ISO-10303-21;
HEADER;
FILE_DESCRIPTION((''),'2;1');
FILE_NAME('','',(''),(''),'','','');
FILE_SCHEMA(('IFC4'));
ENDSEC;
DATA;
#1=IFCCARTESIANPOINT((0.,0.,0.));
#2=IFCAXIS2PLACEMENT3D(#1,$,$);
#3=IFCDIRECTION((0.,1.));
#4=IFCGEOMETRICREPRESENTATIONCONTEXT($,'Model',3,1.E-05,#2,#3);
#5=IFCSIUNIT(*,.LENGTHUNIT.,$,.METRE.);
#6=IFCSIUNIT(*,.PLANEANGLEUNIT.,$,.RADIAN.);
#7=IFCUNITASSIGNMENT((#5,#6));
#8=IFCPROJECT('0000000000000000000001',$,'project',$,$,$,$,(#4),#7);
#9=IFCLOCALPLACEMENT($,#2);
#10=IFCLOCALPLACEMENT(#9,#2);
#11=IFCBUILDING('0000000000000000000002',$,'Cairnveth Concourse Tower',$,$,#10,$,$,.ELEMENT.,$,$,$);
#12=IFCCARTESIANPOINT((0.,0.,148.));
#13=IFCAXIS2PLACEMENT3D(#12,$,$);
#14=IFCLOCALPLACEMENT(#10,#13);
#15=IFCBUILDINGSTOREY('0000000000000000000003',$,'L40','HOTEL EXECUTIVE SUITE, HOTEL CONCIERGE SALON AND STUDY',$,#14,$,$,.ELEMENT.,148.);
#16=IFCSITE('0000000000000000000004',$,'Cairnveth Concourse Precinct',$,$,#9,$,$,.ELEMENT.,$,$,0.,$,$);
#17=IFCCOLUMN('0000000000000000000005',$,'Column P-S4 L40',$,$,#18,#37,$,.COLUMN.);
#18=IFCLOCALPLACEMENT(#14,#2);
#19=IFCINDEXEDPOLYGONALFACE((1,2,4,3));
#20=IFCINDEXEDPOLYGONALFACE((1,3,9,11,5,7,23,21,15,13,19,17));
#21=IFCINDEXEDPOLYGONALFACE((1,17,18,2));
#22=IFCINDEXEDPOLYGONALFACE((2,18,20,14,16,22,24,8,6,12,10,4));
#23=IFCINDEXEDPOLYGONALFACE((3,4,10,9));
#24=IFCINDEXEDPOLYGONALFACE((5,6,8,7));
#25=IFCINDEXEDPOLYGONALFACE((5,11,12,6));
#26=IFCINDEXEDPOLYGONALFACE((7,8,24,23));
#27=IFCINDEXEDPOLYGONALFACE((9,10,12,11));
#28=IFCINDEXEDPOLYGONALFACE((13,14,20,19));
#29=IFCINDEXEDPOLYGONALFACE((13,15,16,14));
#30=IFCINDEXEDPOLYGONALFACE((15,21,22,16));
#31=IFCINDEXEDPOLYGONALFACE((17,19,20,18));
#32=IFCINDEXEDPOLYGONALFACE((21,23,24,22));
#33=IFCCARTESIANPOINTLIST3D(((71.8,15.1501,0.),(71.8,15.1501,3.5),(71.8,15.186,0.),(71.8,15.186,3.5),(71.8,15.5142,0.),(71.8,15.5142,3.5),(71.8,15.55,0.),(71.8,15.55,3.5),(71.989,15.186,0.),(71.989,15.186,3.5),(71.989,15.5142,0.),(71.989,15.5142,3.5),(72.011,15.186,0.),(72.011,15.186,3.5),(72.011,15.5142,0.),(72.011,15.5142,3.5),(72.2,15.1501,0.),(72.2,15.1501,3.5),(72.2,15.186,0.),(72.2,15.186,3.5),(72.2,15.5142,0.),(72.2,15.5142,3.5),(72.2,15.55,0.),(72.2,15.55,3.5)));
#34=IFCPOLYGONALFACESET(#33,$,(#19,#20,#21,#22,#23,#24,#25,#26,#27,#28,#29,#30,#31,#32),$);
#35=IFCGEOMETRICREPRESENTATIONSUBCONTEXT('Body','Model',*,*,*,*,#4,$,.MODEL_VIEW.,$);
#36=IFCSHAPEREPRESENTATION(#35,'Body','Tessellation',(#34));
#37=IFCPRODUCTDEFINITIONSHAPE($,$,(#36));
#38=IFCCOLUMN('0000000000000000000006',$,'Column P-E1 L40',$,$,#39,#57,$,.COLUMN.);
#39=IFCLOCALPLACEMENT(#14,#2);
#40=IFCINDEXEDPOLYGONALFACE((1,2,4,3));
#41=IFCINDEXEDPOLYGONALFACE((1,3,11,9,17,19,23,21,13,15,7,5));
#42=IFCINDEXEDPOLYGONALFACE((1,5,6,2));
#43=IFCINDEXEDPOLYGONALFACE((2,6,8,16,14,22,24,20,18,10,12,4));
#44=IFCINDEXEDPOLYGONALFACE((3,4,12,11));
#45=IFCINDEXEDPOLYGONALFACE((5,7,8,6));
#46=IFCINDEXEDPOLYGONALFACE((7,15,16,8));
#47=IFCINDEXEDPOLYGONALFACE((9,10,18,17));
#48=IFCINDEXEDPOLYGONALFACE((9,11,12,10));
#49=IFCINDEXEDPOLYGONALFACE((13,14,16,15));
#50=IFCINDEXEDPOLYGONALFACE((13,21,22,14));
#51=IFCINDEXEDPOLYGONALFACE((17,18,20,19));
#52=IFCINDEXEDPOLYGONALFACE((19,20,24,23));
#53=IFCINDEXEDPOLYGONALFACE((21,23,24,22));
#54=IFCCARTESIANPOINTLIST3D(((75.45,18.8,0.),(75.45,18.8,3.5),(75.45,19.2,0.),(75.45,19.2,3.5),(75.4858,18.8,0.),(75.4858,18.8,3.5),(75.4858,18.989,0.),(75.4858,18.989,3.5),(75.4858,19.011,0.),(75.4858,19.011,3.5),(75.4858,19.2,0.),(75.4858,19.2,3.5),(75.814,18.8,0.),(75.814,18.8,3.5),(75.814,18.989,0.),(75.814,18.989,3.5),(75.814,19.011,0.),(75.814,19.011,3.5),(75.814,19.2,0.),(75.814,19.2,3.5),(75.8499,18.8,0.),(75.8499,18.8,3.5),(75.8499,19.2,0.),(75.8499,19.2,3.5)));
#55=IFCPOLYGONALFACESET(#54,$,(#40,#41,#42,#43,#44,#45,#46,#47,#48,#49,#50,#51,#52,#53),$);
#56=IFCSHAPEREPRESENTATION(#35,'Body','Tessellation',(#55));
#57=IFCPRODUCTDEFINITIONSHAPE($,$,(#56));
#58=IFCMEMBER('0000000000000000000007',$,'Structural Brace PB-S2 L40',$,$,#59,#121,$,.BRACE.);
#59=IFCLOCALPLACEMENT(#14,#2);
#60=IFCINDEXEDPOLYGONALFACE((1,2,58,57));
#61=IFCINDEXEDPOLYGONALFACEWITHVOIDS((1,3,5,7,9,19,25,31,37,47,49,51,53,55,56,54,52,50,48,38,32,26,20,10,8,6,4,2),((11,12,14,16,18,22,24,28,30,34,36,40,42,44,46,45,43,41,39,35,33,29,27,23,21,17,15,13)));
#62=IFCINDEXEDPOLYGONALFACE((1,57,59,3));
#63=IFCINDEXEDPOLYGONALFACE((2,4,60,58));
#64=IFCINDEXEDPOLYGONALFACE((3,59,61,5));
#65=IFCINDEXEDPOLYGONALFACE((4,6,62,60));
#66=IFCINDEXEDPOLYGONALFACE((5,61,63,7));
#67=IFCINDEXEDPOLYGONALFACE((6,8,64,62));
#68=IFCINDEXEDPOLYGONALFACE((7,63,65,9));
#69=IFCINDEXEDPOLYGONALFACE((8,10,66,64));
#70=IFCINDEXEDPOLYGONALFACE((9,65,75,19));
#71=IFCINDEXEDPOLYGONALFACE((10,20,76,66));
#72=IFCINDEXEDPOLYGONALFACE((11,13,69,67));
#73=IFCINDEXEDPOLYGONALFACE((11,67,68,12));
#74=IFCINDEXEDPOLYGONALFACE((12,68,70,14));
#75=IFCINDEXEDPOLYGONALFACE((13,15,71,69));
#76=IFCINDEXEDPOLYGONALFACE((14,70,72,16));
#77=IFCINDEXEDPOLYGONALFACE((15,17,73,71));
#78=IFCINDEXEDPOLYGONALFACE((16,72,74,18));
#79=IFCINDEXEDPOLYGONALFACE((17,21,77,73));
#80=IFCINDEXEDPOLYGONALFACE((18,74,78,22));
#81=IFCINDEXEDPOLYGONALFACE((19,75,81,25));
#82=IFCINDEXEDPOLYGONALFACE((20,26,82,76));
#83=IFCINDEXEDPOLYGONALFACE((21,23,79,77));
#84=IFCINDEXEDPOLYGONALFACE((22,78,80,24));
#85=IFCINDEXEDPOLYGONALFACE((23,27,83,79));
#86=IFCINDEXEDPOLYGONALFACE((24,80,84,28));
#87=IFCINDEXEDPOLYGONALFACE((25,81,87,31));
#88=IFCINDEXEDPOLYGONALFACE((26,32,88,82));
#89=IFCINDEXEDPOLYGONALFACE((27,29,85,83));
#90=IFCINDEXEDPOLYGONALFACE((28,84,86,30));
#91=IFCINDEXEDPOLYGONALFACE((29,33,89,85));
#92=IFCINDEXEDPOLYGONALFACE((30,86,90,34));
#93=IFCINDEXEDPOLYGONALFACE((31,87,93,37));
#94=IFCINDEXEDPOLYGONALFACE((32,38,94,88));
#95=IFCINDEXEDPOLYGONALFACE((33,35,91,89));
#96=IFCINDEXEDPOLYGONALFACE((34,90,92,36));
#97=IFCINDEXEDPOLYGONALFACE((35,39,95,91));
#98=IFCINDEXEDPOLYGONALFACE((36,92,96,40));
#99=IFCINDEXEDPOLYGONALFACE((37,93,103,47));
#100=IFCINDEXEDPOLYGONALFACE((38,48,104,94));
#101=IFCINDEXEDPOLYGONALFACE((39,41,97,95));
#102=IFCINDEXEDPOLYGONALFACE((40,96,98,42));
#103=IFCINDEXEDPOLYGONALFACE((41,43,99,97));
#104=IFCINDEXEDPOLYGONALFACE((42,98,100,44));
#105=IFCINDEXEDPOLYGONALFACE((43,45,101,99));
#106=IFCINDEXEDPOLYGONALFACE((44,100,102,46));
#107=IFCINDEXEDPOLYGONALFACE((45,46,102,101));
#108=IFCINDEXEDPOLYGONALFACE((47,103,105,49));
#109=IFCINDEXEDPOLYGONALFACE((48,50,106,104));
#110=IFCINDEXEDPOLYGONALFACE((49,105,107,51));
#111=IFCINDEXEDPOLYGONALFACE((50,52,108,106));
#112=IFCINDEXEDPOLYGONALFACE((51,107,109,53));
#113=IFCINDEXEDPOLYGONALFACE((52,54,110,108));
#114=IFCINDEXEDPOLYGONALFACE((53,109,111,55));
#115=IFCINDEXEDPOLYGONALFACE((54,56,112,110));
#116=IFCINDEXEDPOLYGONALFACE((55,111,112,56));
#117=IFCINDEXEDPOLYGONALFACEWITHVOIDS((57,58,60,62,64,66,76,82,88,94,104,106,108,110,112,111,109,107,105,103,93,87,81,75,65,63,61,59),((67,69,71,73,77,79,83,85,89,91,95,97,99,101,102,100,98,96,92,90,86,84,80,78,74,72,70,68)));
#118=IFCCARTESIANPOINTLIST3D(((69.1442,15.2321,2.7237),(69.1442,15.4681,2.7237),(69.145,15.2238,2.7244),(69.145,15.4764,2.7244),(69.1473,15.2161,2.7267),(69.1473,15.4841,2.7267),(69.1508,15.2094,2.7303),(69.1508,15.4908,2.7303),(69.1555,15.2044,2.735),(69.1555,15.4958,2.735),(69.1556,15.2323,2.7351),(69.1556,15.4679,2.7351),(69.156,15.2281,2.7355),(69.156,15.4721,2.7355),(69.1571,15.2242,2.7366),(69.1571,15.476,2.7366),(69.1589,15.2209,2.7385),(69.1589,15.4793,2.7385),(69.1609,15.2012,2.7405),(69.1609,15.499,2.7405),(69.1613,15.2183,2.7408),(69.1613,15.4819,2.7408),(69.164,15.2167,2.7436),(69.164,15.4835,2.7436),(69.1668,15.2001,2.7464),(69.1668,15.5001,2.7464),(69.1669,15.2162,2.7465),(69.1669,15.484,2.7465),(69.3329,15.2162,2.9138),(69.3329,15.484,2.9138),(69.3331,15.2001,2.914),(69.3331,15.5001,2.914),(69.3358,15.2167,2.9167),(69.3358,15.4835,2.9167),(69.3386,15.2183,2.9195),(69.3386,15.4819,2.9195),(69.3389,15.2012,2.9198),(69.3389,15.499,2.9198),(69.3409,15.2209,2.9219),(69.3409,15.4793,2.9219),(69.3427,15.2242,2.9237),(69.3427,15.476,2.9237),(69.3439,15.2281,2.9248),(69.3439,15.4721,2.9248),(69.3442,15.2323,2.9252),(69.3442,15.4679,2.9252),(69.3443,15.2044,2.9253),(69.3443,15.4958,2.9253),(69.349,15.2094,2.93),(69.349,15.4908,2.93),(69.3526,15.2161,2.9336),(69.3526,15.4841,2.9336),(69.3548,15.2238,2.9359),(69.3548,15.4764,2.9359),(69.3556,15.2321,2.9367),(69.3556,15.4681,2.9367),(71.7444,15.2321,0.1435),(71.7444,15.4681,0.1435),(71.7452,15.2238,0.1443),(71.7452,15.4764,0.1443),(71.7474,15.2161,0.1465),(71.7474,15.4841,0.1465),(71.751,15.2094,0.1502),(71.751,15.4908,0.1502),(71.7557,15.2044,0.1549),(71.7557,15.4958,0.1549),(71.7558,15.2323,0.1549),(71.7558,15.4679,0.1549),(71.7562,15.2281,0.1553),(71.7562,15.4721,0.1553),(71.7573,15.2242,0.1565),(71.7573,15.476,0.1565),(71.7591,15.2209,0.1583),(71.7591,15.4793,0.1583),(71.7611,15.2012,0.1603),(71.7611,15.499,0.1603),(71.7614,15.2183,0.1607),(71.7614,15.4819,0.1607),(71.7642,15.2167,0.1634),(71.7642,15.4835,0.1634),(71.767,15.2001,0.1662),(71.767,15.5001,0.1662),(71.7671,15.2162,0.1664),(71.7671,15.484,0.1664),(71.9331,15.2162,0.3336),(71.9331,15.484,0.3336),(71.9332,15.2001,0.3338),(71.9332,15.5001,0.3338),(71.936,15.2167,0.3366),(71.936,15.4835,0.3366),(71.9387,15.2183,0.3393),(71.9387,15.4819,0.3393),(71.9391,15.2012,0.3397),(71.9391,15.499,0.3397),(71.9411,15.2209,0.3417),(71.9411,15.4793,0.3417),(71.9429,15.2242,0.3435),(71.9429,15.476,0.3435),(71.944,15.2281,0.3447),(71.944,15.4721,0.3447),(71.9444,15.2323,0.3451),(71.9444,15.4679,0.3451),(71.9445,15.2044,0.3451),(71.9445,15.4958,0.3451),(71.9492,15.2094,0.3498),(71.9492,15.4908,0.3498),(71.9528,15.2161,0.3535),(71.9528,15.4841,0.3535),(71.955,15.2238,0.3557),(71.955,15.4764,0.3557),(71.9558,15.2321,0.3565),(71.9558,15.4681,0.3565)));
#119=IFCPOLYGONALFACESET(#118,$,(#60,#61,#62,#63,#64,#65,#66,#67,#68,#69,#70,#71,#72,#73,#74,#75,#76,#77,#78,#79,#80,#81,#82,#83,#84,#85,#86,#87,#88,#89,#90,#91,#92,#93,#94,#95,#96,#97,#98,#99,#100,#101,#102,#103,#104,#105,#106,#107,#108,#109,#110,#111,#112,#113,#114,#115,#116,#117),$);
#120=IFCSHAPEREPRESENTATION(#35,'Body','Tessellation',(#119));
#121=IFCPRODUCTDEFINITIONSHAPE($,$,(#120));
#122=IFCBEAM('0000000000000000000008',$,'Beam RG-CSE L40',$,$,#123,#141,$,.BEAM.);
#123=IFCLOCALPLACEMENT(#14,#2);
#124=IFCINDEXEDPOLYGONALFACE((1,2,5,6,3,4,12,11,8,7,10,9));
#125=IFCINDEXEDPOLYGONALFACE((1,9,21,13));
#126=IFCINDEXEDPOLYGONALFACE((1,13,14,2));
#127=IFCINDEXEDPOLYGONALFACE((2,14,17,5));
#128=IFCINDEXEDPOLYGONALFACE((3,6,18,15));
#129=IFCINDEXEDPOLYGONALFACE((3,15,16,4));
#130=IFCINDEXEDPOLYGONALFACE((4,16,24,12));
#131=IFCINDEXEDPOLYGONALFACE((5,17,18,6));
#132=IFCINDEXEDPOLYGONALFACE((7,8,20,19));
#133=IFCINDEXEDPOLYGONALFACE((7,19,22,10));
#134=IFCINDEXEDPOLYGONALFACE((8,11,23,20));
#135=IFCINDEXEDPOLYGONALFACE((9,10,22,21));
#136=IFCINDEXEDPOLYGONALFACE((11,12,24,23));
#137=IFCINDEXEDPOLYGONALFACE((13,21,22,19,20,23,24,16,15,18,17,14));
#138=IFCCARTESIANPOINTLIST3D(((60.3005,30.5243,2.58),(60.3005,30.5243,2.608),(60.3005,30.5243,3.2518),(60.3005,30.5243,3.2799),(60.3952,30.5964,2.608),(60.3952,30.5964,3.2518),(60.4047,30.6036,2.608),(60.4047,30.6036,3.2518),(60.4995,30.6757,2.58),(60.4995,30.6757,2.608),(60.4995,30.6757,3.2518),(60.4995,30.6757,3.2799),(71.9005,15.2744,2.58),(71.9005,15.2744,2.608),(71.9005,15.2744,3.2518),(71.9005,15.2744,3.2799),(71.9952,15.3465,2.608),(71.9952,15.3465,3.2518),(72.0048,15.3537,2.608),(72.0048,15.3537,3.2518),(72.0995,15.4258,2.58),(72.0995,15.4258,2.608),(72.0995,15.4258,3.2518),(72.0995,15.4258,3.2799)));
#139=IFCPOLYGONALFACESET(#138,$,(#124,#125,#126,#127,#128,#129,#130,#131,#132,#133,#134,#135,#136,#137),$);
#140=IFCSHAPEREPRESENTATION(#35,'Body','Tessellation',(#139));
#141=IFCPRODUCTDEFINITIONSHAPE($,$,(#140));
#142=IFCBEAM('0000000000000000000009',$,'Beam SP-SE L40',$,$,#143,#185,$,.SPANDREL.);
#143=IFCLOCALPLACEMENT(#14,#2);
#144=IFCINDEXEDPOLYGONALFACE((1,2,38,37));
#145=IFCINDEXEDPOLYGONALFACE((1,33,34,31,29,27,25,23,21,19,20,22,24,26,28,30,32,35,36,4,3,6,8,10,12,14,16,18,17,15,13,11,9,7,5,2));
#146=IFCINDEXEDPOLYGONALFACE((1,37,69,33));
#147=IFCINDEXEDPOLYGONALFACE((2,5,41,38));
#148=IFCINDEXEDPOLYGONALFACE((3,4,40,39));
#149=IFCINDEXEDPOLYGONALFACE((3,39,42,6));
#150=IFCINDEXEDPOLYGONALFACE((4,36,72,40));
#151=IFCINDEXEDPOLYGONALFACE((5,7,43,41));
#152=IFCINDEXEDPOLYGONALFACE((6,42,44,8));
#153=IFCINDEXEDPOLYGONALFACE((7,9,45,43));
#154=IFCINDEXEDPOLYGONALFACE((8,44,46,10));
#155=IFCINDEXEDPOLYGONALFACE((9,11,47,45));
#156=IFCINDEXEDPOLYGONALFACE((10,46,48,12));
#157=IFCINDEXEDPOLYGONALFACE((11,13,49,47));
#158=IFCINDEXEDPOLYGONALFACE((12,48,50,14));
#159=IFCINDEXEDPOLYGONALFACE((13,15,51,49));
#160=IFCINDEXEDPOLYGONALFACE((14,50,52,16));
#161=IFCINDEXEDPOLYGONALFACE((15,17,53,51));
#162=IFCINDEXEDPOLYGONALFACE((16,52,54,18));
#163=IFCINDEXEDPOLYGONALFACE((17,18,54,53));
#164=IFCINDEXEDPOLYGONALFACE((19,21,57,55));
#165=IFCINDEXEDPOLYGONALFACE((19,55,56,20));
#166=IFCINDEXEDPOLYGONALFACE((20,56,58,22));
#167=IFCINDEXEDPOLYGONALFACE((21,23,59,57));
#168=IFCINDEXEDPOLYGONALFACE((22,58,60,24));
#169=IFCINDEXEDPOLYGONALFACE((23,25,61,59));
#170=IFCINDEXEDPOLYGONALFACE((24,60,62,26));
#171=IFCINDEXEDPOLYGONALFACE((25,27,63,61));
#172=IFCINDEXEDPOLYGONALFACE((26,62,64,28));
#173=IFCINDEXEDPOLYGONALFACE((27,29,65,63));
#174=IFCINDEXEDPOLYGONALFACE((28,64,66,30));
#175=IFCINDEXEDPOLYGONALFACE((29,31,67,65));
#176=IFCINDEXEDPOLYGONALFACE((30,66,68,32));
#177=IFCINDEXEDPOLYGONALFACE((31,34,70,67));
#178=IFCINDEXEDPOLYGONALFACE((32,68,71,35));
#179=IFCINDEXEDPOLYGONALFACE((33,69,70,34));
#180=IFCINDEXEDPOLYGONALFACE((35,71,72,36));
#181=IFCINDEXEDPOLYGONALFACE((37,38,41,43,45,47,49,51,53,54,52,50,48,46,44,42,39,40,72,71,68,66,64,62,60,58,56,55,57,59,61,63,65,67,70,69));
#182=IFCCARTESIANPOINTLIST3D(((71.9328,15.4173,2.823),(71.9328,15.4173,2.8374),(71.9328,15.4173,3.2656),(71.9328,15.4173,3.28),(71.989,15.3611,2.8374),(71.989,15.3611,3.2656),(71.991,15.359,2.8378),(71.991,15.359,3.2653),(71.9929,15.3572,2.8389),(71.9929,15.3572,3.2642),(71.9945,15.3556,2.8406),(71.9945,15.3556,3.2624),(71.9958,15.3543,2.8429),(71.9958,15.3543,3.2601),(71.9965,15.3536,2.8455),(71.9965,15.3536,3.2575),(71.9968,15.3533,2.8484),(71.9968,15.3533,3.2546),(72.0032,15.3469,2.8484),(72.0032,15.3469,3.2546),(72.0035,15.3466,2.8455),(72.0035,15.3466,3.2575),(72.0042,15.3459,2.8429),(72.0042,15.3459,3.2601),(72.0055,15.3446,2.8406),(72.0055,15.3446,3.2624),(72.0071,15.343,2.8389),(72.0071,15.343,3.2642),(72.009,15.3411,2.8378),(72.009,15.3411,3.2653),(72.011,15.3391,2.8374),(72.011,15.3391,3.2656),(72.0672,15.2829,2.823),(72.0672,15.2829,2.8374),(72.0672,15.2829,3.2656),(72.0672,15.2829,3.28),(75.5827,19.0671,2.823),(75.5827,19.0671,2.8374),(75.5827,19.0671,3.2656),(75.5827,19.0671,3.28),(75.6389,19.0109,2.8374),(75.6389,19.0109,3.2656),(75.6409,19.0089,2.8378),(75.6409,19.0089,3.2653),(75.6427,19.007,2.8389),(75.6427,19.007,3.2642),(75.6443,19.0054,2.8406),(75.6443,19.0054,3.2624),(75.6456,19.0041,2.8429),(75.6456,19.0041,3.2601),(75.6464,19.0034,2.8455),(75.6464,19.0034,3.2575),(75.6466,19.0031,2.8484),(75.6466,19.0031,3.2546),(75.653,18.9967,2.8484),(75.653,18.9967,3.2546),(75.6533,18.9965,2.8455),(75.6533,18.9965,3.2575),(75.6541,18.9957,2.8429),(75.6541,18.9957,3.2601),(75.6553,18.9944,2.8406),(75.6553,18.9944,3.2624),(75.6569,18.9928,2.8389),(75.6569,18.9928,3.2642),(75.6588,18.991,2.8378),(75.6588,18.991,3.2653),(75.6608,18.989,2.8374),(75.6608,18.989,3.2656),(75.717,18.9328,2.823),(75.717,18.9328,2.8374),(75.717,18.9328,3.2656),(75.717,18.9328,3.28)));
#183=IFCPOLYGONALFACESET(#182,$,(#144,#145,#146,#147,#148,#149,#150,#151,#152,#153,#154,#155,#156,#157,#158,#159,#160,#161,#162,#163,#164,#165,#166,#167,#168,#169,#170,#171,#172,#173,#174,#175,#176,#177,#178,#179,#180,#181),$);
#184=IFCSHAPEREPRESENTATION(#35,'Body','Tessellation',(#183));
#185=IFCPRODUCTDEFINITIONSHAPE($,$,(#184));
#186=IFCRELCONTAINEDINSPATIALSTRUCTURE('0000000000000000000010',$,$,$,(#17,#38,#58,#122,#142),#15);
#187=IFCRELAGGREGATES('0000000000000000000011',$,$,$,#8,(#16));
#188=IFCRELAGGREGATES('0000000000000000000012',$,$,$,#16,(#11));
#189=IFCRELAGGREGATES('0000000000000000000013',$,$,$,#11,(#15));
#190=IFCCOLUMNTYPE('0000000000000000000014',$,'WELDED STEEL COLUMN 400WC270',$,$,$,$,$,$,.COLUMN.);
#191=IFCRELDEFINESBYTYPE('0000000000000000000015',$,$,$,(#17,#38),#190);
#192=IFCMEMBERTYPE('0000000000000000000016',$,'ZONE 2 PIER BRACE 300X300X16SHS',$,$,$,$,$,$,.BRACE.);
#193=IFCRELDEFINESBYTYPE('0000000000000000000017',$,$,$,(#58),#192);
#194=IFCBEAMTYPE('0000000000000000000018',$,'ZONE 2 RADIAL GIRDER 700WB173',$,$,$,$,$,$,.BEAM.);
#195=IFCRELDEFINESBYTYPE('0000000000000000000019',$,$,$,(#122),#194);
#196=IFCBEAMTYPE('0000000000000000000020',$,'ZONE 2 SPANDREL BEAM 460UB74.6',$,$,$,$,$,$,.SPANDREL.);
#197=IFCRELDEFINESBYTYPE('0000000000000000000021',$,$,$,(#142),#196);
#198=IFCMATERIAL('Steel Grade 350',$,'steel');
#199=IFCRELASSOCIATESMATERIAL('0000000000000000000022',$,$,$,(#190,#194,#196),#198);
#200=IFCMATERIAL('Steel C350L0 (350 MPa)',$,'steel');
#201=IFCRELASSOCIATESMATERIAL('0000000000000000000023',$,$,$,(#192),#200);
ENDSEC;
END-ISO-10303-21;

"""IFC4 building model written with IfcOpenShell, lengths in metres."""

from ifc_helpers import new_model, si_unit, direction, frame, origin, origin_2d, place, context, subcontext, project, spatial, hollow_rectangle, i_section, extrude, material, material_profile, profile_set, type_object, element, save


model = new_model("IFC4")

# Units and contexts
model_context = context("Model", 3, precision=1e-05, world=origin(), true_north=direction((0.0, 1.0)))
body_context = subcontext(model_context, "Body", "Model", "MODEL_VIEW")
ifc_project = project(units=[si_unit("LENGTHUNIT", "METRE"), si_unit("PLANEANGLEUNIT", "RADIAN")], contexts=[model_context])

# Site, building, storey
site_placement = place(None, origin())
site = spatial("IfcSite", under=ifc_project, at=site_placement, Name="Cairnveth Concourse Precinct", CompositionType="ELEMENT", RefElevation=0.0)
building_placement = place(site_placement, origin())
building = spatial("IfcBuilding", under=site, at=building_placement, Name="Cairnveth Concourse Tower", CompositionType="ELEMENT")
storey_placement = place(building_placement, frame((0.0, 0.0, 148.0)))
storey = spatial("IfcBuildingStorey", under=building, at=storey_placement, Name="L40", Description="HOTEL EXECUTIVE SUITE, HOTEL CONCIERGE SALON AND STUDY", CompositionType="ELEMENT", Elevation=148.0)

# Columns
ifc_material_1 = material(Name="Steel Grade 350", Category="steel")
ifc_material_profile_1 = material_profile(ifc_material_1, i_section(OverallWidth=0.3999, OverallDepth=0.3999, WebThickness=0.022, FlangeThickness=0.0359, at=origin_2d()), Name="400WC270")
ifc_profile_set_1 = profile_set([ifc_material_profile_1], Name="Steel Grade 350")
column_type = type_object("IfcColumnType", Name="WELDED STEEL COLUMN 400WC270", PredefinedType="COLUMN", material=ifc_profile_set_1)
for number, where, z_axis, x_axis, name in (
    (1, (72.0, 15.3501, 0.0), (0.0, 0.0, 1.0), (1.0, 0.0, 0.0), "Column P-S4 L40"),
    (2, (75.6499, 19.0, 0.0), (0.0, 0.0, 1.0), (0.0, 1.0, 0.0), "Column P-E1 L40"),
):
    element("IfcColumn", number, at=place(storey_placement, frame(where, z_axis=z_axis, x_axis=x_axis)), inside=storey, type_object=column_type, Name=name, PredefinedType="COLUMN", context=body_context, shape_type="SweptSolid", body=[
        extrude(i_section(OverallWidth=0.3999, OverallDepth=0.3999, WebThickness=0.022, FlangeThickness=0.0359, at=origin_2d()), origin(), (0.0, 0.0, 1.0), 3.5),
    ])

# Member
ifc_material_2 = material(Name="Steel C350L0 (350 MPa)", Category="steel")
ifc_material_profile_2 = material_profile(ifc_material_2, hollow_rectangle(XDim=0.3, YDim=0.3, WallThickness=0.0161, InnerFilletRadius=0.0161, OuterFilletRadius=0.032, at=origin_2d()), Name="300x300x16.0SHS")
ifc_profile_set_2 = profile_set([ifc_material_profile_2], Name="Steel C350L0 (350 MPa)")
member_type = type_object("IfcMemberType", Name="ZONE 2 PIER BRACE 300X300X16SHS", PredefinedType="BRACE", material=ifc_profile_set_2)
member_placement = place(storey_placement, frame((71.8501, 15.3501, 0.25), z_axis=(-0.709834, 0.0, 0.704369), x_axis=(0.0, -1.0, 0.0)))
element("IfcMember", 3, at=member_placement, inside=storey, type_object=member_type, Name="Structural Brace PB-S2 L40", PredefinedType="BRACE", context=body_context, shape_type="SweptSolid", body=[
    extrude(hollow_rectangle(XDim=0.3, YDim=0.3, WallThickness=0.0161, InnerFilletRadius=0.0161, OuterFilletRadius=0.032, at=origin_2d()), origin(), (0.0, 0.0, 1.0), 3.6631),
])

# Beams
ifc_material_profile_3 = material_profile(ifc_material_1, i_section(OverallWidth=0.25, OverallDepth=0.7, WebThickness=0.012, FlangeThickness=0.0281, at=origin_2d()), Name="700WB173")
ifc_profile_set_3 = profile_set([ifc_material_profile_3], Name="Steel Grade 350")
beam_type_1 = type_object("IfcBeamType", Name="ZONE 2 RADIAL GIRDER 700WB173", PredefinedType="BEAM", material=ifc_profile_set_3)
beam_1_placement = place(storey_placement, frame((72.0, 15.3501, 2.9299), z_axis=(-0.605417, 0.795908, 0.0), x_axis=(-0.795908, -0.605417, 0.0)))
element("IfcBeam", 4, at=beam_1_placement, inside=storey, type_object=beam_type_1, Name="Beam RG-CSE L40", PredefinedType="BEAM", context=body_context, shape_type="SweptSolid", body=[
    extrude(i_section(OverallWidth=0.25, OverallDepth=0.7, WebThickness=0.012, FlangeThickness=0.0281, at=origin_2d()), origin(), (0.0, 0.0, 1.0), 19.1604),
])
ifc_material_profile_4 = material_profile(ifc_material_1, i_section(OverallWidth=0.1899, OverallDepth=0.457, WebThickness=0.009, FlangeThickness=0.0144, FilletRadius=0.011, at=origin_2d()), Name="460UB74.6")
ifc_profile_set_4 = profile_set([ifc_material_profile_4], Name="Steel Grade 350")
beam_type_2 = type_object("IfcBeamType", Name="ZONE 2 SPANDREL BEAM 460UB74.6", PredefinedType="SPANDREL", material=ifc_profile_set_4)
beam_2_placement = place(storey_placement, frame((72.0, 15.3501, 3.0515), z_axis=(0.707107, 0.707107, 0.0), x_axis=(-0.707107, 0.707107, 0.0)))
element("IfcBeam", 5, at=beam_2_placement, inside=storey, type_object=beam_type_2, Name="Beam SP-SE L40", PredefinedType="SPANDREL", context=body_context, shape_type="SweptSolid", body=[
    extrude(i_section(OverallWidth=0.1899, OverallDepth=0.457, WebThickness=0.009, FlangeThickness=0.0144, FilletRadius=0.011, at=origin_2d()), origin(), (0.0, 0.0, 1.0), 5.1616),
])

save(model, "model.ifc")
